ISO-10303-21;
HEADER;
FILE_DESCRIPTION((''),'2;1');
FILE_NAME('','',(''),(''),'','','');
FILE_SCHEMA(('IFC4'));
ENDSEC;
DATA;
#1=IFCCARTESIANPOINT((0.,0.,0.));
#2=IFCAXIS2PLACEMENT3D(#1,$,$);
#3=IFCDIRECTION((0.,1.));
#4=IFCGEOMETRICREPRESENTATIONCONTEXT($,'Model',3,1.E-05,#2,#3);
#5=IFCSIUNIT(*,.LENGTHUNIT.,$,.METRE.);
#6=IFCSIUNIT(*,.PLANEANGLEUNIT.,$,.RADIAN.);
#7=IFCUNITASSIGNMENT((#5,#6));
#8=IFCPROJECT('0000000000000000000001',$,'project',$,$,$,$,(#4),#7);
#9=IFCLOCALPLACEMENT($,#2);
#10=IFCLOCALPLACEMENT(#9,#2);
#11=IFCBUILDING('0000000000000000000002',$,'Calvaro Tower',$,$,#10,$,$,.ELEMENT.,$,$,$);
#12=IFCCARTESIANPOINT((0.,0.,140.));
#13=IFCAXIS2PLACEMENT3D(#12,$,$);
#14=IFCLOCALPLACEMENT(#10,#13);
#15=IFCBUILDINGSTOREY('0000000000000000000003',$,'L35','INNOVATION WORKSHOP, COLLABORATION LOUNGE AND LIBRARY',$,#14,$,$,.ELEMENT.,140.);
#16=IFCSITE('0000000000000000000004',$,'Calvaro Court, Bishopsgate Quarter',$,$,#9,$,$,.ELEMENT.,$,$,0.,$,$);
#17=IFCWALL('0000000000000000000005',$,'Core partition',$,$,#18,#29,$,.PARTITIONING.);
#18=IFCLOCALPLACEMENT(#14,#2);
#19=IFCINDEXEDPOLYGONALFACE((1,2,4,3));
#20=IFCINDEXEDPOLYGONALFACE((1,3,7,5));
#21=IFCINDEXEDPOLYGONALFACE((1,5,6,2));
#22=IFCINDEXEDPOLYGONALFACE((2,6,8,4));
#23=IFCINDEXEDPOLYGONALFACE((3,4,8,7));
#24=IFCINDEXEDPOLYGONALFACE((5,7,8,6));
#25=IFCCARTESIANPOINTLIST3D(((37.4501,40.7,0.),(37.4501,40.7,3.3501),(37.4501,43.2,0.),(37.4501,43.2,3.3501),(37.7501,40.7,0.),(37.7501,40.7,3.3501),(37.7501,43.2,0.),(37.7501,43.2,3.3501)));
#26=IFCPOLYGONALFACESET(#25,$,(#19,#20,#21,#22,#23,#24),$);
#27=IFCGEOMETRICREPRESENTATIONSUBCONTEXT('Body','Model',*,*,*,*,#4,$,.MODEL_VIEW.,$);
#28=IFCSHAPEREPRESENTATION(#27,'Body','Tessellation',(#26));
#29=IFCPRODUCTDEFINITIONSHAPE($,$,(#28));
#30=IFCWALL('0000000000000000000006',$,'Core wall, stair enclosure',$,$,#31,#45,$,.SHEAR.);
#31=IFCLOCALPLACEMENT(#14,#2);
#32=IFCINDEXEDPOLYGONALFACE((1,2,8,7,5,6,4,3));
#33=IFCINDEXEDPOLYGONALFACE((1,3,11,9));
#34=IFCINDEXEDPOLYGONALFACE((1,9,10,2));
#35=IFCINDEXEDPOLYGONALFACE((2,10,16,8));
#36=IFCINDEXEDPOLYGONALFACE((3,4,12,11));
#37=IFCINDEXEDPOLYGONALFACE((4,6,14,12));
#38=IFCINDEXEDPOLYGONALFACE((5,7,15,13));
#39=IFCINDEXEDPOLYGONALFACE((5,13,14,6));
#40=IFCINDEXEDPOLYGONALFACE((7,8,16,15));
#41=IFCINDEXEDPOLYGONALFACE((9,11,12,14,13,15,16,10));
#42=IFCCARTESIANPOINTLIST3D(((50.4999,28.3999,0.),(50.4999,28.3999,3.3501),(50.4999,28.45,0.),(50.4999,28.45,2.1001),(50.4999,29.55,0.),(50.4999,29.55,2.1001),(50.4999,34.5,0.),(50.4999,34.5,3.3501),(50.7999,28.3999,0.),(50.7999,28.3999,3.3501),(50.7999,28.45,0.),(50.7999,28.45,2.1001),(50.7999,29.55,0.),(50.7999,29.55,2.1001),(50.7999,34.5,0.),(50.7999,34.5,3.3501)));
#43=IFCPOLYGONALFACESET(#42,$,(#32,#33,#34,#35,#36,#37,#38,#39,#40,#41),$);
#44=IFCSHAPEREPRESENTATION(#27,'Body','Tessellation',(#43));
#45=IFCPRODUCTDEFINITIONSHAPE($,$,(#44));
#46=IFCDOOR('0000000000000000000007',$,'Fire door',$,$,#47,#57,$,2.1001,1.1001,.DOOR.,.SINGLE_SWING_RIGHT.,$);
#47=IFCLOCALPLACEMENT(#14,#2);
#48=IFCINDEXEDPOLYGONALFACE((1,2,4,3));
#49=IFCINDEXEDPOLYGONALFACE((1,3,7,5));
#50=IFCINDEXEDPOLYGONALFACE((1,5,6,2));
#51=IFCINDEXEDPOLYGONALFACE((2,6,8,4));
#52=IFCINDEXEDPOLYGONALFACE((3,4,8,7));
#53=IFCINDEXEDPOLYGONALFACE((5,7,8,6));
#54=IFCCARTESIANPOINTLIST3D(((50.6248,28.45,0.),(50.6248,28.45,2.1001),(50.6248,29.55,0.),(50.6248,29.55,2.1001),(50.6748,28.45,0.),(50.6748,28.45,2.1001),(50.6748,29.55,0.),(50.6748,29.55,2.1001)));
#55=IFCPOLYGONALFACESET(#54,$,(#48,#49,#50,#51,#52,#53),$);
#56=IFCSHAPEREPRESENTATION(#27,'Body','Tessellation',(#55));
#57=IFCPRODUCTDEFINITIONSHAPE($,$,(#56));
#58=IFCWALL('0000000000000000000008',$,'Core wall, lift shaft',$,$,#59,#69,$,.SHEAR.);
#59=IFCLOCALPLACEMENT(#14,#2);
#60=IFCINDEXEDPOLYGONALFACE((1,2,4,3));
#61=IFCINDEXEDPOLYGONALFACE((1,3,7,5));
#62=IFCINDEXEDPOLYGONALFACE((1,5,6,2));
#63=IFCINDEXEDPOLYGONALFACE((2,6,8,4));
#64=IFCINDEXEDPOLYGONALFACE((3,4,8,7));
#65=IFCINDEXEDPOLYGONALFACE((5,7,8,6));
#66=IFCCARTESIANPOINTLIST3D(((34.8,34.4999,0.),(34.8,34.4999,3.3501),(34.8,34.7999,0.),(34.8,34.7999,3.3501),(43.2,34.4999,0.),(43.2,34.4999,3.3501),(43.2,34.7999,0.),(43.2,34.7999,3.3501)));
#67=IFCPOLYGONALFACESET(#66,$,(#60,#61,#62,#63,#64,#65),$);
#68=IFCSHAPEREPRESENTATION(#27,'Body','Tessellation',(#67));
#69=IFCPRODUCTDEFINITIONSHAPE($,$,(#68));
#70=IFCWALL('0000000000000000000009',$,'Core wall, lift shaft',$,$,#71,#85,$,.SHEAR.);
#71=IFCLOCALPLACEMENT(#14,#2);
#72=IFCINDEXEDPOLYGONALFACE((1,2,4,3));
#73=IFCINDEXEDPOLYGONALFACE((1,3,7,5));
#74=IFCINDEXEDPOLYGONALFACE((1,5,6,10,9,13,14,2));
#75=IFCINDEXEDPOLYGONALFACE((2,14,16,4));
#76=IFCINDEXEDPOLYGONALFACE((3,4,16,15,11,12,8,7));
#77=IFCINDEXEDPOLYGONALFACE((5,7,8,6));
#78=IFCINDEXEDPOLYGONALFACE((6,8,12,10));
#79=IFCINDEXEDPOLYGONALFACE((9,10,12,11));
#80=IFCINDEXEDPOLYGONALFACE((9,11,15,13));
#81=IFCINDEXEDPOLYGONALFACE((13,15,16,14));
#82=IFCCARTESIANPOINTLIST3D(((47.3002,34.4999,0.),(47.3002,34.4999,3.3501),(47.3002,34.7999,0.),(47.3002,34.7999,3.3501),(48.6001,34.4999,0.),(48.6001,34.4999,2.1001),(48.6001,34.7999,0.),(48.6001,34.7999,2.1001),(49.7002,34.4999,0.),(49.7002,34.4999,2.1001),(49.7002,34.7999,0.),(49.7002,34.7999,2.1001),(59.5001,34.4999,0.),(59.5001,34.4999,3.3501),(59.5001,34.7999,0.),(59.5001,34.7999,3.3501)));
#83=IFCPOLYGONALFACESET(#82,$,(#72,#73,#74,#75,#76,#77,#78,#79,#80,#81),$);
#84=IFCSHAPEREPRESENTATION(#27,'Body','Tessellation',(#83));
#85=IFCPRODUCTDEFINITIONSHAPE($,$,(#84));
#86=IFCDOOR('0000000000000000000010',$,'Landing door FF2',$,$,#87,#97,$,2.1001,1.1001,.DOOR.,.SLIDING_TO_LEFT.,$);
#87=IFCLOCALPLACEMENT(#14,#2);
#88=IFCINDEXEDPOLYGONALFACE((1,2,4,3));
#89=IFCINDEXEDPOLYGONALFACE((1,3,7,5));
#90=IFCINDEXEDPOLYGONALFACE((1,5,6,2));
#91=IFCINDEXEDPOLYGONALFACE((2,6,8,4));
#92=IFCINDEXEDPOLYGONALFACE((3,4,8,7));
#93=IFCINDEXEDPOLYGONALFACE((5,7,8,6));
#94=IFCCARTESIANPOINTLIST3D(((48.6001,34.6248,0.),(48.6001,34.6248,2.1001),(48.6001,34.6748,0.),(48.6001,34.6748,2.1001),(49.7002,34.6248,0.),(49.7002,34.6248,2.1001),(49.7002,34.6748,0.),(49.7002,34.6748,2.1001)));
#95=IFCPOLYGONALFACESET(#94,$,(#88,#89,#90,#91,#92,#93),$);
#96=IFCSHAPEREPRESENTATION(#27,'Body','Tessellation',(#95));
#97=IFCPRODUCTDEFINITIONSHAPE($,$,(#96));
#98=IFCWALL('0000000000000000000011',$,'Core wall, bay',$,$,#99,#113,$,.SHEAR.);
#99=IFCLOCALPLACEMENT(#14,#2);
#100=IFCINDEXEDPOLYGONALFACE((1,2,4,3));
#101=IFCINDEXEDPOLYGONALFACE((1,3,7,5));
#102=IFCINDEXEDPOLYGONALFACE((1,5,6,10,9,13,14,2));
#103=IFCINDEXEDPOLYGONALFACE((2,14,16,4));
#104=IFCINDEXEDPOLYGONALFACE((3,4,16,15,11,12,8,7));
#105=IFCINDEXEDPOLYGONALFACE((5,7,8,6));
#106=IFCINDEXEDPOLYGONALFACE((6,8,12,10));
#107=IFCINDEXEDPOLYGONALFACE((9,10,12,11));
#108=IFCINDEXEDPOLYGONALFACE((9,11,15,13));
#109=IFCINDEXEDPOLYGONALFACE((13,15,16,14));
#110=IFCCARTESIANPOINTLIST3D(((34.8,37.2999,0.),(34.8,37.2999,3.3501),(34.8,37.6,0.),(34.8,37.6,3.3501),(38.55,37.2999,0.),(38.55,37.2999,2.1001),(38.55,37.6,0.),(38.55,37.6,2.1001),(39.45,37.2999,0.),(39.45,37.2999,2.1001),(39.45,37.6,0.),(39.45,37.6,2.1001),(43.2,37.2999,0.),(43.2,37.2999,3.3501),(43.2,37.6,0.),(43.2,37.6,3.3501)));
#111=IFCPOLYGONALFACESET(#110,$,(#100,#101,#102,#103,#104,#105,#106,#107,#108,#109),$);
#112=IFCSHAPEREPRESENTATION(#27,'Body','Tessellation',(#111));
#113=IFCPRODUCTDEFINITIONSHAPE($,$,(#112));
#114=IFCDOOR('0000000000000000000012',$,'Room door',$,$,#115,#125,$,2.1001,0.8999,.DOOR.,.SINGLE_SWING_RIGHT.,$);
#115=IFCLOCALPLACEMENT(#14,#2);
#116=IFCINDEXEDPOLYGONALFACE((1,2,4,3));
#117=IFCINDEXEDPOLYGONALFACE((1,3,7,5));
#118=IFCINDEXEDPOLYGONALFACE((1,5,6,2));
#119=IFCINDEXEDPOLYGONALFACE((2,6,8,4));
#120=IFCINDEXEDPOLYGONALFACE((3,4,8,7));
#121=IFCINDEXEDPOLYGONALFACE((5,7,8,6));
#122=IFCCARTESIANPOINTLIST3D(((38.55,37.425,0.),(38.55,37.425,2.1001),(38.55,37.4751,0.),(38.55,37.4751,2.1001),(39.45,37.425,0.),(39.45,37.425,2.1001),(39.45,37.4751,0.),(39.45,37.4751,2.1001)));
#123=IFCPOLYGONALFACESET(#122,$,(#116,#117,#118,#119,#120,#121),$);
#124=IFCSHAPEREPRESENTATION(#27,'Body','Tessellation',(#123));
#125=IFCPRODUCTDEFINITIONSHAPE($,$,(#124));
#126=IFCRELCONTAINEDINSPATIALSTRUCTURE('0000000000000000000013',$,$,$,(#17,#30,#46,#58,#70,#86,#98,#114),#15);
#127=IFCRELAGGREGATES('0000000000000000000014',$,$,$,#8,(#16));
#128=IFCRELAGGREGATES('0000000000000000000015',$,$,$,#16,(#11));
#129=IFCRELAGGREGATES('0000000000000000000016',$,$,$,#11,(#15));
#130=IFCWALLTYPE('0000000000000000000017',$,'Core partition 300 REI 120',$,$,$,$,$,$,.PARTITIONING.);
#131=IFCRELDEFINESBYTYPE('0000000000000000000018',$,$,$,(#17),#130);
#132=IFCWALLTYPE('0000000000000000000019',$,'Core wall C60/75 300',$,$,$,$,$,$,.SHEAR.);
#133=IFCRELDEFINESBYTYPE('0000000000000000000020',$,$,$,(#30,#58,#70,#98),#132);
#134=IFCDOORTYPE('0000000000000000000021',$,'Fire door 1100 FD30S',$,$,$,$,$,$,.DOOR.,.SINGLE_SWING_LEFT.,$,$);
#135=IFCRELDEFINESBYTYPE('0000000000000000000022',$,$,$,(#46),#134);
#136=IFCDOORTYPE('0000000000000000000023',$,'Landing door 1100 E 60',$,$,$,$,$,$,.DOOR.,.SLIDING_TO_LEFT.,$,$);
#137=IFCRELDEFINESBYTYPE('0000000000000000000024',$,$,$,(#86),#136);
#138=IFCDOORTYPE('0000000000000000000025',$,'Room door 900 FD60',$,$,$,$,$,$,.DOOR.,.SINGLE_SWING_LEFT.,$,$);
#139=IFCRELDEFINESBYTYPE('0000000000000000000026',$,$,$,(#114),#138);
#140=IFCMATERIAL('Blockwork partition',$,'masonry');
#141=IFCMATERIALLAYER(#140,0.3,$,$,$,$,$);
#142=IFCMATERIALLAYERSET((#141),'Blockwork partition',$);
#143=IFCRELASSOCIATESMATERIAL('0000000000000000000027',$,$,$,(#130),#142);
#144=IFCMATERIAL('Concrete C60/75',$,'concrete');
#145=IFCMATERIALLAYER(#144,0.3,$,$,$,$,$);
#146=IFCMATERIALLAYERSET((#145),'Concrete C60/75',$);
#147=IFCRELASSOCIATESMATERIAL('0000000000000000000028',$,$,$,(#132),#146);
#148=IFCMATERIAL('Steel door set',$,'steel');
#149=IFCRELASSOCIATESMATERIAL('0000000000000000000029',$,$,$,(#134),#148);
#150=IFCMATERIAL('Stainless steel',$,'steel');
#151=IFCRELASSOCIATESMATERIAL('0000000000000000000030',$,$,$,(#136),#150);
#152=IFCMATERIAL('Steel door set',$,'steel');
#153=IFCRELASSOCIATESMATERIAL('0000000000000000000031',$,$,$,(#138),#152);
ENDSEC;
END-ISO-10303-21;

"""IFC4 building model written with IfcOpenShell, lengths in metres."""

from ifc_helpers import new_model, si_unit, direction, frame, frame_2d, origin, place, context, subcontext, project, spatial, rectangle, extrude, material, layer, layer_set, type_object, element, fill, save


model = new_model("IFC4")

# Units and contexts
model_context = context("Model", 3, precision=1e-05, world=origin(), true_north=direction((0.0, 1.0)))
body_context = subcontext(model_context, "Body", "Model", "MODEL_VIEW")
ifc_project = project(units=[si_unit("LENGTHUNIT", "METRE"), si_unit("PLANEANGLEUNIT", "RADIAN")], contexts=[model_context])

# Site, building, storey
site_placement = place(None, origin())
site = spatial("IfcSite", under=ifc_project, at=site_placement, Name="Calvaro Court, Bishopsgate Quarter", CompositionType="ELEMENT", RefElevation=0.0)
building_placement = place(site_placement, origin())
building = spatial("IfcBuilding", under=site, at=building_placement, Name="Calvaro Tower", CompositionType="ELEMENT")
storey_placement = place(building_placement, frame((0.0, 0.0, 140.0)))
storey = spatial("IfcBuildingStorey", under=building, at=storey_placement, Name="L35", Description="INNOVATION WORKSHOP, COLLABORATION LOUNGE AND LIBRARY", CompositionType="ELEMENT", Elevation=140.0)

# Wall
ifc_material_1 = material(Name="Blockwork partition", Category="masonry")
ifc_layer_1 = layer(ifc_material_1, 0.3)
ifc_layer_set_1 = layer_set([ifc_layer_1], Name="Blockwork partition")
wall_type_1 = type_object("IfcWallType", Name="Core partition 300 REI 120", PredefinedType="PARTITIONING", material=ifc_layer_set_1)
wall_1_placement = place(storey_placement, frame((37.6001, 40.7, 0.0), z_axis=(0.0, 0.0, 1.0), x_axis=(0.0, 1.0, 0.0)))
element("IfcWall", 1, at=wall_1_placement, inside=storey, type_object=wall_type_1, Name="Core partition", PredefinedType="PARTITIONING", context=body_context, shape_type="SweptSolid", body=[
    extrude(rectangle(XDim=2.5, YDim=0.3, at=frame_2d((1.25, 0.0))), origin(), (0.0, 0.0, 1.0), 3.3501),
])

# Wall, opening, door
ifc_material_2 = material(Name="Concrete C60/75", Category="concrete")
ifc_layer_2 = layer(ifc_material_2, 0.3)
ifc_layer_set_2 = layer_set([ifc_layer_2], Name="Concrete C60/75")
wall_type_2 = type_object("IfcWallType", Name="Core wall C60/75 300", PredefinedType="SHEAR", material=ifc_layer_set_2)
wall_2_placement = place(storey_placement, frame((50.6499, 34.5, 0.0), z_axis=(0.0, 0.0, 1.0), x_axis=(0.0, -1.0, 0.0)))
wall_2 = element("IfcWall", 2, at=wall_2_placement, inside=storey, type_object=wall_type_2, Name="Core wall, stair enclosure", PredefinedType="SHEAR", context=body_context, shape_type="SweptSolid", body=[
    extrude(rectangle(XDim=6.1001, YDim=0.3, at=frame_2d((3.05, 0.0))), origin(), (0.0, 0.0, 1.0), 3.3501),
])
opening_1_placement = place(wall_2_placement, frame((4.95, 0.0, 0.0)))
opening_1 = element("IfcOpeningElement", 3, at=opening_1_placement, cuts=wall_2, PredefinedType="OPENING", context=body_context, shape_type="SweptSolid", body=[
    extrude(rectangle(XDim=1.1001, YDim=2.1001, at=frame_2d((0.55, 1.05))), frame((0.0, 0.1599, 0.0), z_axis=(0.0, -1.0, 0.0), x_axis=(1.0, 0.0, 0.0)), (0.0, 0.0, 1.0), 0.3201),
])
ifc_material_3 = material(Name="Steel door set", Category="steel")
door_type_1 = type_object("IfcDoorType", Name="Fire door 1100 FD30S", OperationType="SINGLE_SWING_LEFT", PredefinedType="DOOR", material=ifc_material_3)
door_1_placement = place(opening_1_placement, origin())
door_1 = element("IfcDoor", 4, at=door_1_placement, inside=storey, type_object=door_type_1, Name="Fire door", OperationType="SINGLE_SWING_RIGHT", OverallHeight=2.1001, OverallWidth=1.1001, PredefinedType="DOOR", context=body_context, shape_type="SweptSolid", body=[
    extrude(rectangle(XDim=1.1001, YDim=2.1001, at=frame_2d((0.55, 1.05))), frame((0.0, 0.0249, 0.0), z_axis=(0.0, -1.0, 0.0), x_axis=(1.0, 0.0, 0.0)), (0.0, 0.0, 1.0), 0.05),
])
fill(opening_1, door_1)

# Wall
wall_3_placement = place(storey_placement, frame((34.8, 34.6499, 0.0), z_axis=(0.0, 0.0, 1.0), x_axis=(1.0, 0.0, 0.0)))
element("IfcWall", 5, at=wall_3_placement, inside=storey, type_object=wall_type_2, Name="Core wall, lift shaft", PredefinedType="SHEAR", context=body_context, shape_type="SweptSolid", body=[
    extrude(rectangle(XDim=8.3999, YDim=0.3, at=frame_2d((4.2, 0.0))), origin(), (0.0, 0.0, 1.0), 3.3501),
])

# Walls, openings, doors
wall_4_placement = place(storey_placement, frame((47.3, 34.6499, 0.0), z_axis=(0.0, 0.0, 1.0), x_axis=(1.0, 0.0, 0.0)))
wall_4 = element("IfcWall", 6, at=wall_4_placement, inside=storey, type_object=wall_type_2, Name="Core wall, lift shaft", PredefinedType="SHEAR", context=body_context, shape_type="SweptSolid", body=[
    extrude(rectangle(XDim=12.2, YDim=0.3, at=frame_2d((6.1001, 0.0))), origin(), (0.0, 0.0, 1.0), 3.3501),
])
opening_2_placement = place(wall_4_placement, frame((1.3, 0.0, 0.0)))
opening_2 = element("IfcOpeningElement", 7, at=opening_2_placement, cuts=wall_4, PredefinedType="OPENING", context=body_context, shape_type="SweptSolid", body=[
    extrude(rectangle(XDim=1.1001, YDim=2.1001, at=frame_2d((0.55, 1.05))), frame((0.0, 0.1599, 0.0), z_axis=(0.0, -1.0, 0.0), x_axis=(1.0, 0.0, 0.0)), (0.0, 0.0, 1.0), 0.3201),
])
ifc_material_4 = material(Name="Stainless steel", Category="steel")
door_type_2 = type_object("IfcDoorType", Name="Landing door 1100 E 60", OperationType="SLIDING_TO_LEFT", PredefinedType="DOOR", material=ifc_material_4)
door_2_placement = place(opening_2_placement, origin())
door_2 = element("IfcDoor", 8, at=door_2_placement, inside=storey, type_object=door_type_2, Name="Landing door FF2", OperationType="SLIDING_TO_LEFT", OverallHeight=2.1001, OverallWidth=1.1001, PredefinedType="DOOR", context=body_context, shape_type="SweptSolid", body=[
    extrude(rectangle(XDim=1.1001, YDim=2.1001, at=frame_2d((0.55, 1.05))), frame((0.0, 0.0249, 0.0), z_axis=(0.0, -1.0, 0.0), x_axis=(1.0, 0.0, 0.0)), (0.0, 0.0, 1.0), 0.05),
])
fill(opening_2, door_2)
wall_5_placement = place(storey_placement, frame((43.2, 37.45, 0.0), z_axis=(0.0, 0.0, 1.0), x_axis=(-1.0, 0.0, 0.0)))
wall_5 = element("IfcWall", 9, at=wall_5_placement, inside=storey, type_object=wall_type_2, Name="Core wall, bay", PredefinedType="SHEAR", context=body_context, shape_type="SweptSolid", body=[
    extrude(rectangle(XDim=8.3999, YDim=0.3, at=frame_2d((4.2, 0.0))), origin(), (0.0, 0.0, 1.0), 3.3501),
])
opening_3_placement = place(wall_5_placement, frame((3.75, 0.0, 0.0)))
opening_3 = element("IfcOpeningElement", 10, at=opening_3_placement, cuts=wall_5, PredefinedType="OPENING", context=body_context, shape_type="SweptSolid", body=[
    extrude(rectangle(XDim=0.8999, YDim=2.1001, at=frame_2d((0.45, 1.05))), frame((0.0, 0.1599, 0.0), z_axis=(0.0, -1.0, 0.0), x_axis=(1.0, 0.0, 0.0)), (0.0, 0.0, 1.0), 0.3201),
])
ifc_material_5 = material(Name="Steel door set", Category="steel")
door_type_3 = type_object("IfcDoorType", Name="Room door 900 FD60", OperationType="SINGLE_SWING_LEFT", PredefinedType="DOOR", material=ifc_material_5)
door_3_placement = place(opening_3_placement, origin())
door_3 = element("IfcDoor", 11, at=door_3_placement, inside=storey, type_object=door_type_3, Name="Room door", OperationType="SINGLE_SWING_RIGHT", OverallHeight=2.1001, OverallWidth=0.8999, PredefinedType="DOOR", context=body_context, shape_type="SweptSolid", body=[
    extrude(rectangle(XDim=0.8999, YDim=2.1001, at=frame_2d((0.45, 1.05))), frame((0.0, 0.0249, 0.0), z_axis=(0.0, -1.0, 0.0), x_axis=(1.0, 0.0, 0.0)), (0.0, 0.0, 1.0), 0.05),
])
fill(opening_3, door_3)

save(model, "model.ifc")
